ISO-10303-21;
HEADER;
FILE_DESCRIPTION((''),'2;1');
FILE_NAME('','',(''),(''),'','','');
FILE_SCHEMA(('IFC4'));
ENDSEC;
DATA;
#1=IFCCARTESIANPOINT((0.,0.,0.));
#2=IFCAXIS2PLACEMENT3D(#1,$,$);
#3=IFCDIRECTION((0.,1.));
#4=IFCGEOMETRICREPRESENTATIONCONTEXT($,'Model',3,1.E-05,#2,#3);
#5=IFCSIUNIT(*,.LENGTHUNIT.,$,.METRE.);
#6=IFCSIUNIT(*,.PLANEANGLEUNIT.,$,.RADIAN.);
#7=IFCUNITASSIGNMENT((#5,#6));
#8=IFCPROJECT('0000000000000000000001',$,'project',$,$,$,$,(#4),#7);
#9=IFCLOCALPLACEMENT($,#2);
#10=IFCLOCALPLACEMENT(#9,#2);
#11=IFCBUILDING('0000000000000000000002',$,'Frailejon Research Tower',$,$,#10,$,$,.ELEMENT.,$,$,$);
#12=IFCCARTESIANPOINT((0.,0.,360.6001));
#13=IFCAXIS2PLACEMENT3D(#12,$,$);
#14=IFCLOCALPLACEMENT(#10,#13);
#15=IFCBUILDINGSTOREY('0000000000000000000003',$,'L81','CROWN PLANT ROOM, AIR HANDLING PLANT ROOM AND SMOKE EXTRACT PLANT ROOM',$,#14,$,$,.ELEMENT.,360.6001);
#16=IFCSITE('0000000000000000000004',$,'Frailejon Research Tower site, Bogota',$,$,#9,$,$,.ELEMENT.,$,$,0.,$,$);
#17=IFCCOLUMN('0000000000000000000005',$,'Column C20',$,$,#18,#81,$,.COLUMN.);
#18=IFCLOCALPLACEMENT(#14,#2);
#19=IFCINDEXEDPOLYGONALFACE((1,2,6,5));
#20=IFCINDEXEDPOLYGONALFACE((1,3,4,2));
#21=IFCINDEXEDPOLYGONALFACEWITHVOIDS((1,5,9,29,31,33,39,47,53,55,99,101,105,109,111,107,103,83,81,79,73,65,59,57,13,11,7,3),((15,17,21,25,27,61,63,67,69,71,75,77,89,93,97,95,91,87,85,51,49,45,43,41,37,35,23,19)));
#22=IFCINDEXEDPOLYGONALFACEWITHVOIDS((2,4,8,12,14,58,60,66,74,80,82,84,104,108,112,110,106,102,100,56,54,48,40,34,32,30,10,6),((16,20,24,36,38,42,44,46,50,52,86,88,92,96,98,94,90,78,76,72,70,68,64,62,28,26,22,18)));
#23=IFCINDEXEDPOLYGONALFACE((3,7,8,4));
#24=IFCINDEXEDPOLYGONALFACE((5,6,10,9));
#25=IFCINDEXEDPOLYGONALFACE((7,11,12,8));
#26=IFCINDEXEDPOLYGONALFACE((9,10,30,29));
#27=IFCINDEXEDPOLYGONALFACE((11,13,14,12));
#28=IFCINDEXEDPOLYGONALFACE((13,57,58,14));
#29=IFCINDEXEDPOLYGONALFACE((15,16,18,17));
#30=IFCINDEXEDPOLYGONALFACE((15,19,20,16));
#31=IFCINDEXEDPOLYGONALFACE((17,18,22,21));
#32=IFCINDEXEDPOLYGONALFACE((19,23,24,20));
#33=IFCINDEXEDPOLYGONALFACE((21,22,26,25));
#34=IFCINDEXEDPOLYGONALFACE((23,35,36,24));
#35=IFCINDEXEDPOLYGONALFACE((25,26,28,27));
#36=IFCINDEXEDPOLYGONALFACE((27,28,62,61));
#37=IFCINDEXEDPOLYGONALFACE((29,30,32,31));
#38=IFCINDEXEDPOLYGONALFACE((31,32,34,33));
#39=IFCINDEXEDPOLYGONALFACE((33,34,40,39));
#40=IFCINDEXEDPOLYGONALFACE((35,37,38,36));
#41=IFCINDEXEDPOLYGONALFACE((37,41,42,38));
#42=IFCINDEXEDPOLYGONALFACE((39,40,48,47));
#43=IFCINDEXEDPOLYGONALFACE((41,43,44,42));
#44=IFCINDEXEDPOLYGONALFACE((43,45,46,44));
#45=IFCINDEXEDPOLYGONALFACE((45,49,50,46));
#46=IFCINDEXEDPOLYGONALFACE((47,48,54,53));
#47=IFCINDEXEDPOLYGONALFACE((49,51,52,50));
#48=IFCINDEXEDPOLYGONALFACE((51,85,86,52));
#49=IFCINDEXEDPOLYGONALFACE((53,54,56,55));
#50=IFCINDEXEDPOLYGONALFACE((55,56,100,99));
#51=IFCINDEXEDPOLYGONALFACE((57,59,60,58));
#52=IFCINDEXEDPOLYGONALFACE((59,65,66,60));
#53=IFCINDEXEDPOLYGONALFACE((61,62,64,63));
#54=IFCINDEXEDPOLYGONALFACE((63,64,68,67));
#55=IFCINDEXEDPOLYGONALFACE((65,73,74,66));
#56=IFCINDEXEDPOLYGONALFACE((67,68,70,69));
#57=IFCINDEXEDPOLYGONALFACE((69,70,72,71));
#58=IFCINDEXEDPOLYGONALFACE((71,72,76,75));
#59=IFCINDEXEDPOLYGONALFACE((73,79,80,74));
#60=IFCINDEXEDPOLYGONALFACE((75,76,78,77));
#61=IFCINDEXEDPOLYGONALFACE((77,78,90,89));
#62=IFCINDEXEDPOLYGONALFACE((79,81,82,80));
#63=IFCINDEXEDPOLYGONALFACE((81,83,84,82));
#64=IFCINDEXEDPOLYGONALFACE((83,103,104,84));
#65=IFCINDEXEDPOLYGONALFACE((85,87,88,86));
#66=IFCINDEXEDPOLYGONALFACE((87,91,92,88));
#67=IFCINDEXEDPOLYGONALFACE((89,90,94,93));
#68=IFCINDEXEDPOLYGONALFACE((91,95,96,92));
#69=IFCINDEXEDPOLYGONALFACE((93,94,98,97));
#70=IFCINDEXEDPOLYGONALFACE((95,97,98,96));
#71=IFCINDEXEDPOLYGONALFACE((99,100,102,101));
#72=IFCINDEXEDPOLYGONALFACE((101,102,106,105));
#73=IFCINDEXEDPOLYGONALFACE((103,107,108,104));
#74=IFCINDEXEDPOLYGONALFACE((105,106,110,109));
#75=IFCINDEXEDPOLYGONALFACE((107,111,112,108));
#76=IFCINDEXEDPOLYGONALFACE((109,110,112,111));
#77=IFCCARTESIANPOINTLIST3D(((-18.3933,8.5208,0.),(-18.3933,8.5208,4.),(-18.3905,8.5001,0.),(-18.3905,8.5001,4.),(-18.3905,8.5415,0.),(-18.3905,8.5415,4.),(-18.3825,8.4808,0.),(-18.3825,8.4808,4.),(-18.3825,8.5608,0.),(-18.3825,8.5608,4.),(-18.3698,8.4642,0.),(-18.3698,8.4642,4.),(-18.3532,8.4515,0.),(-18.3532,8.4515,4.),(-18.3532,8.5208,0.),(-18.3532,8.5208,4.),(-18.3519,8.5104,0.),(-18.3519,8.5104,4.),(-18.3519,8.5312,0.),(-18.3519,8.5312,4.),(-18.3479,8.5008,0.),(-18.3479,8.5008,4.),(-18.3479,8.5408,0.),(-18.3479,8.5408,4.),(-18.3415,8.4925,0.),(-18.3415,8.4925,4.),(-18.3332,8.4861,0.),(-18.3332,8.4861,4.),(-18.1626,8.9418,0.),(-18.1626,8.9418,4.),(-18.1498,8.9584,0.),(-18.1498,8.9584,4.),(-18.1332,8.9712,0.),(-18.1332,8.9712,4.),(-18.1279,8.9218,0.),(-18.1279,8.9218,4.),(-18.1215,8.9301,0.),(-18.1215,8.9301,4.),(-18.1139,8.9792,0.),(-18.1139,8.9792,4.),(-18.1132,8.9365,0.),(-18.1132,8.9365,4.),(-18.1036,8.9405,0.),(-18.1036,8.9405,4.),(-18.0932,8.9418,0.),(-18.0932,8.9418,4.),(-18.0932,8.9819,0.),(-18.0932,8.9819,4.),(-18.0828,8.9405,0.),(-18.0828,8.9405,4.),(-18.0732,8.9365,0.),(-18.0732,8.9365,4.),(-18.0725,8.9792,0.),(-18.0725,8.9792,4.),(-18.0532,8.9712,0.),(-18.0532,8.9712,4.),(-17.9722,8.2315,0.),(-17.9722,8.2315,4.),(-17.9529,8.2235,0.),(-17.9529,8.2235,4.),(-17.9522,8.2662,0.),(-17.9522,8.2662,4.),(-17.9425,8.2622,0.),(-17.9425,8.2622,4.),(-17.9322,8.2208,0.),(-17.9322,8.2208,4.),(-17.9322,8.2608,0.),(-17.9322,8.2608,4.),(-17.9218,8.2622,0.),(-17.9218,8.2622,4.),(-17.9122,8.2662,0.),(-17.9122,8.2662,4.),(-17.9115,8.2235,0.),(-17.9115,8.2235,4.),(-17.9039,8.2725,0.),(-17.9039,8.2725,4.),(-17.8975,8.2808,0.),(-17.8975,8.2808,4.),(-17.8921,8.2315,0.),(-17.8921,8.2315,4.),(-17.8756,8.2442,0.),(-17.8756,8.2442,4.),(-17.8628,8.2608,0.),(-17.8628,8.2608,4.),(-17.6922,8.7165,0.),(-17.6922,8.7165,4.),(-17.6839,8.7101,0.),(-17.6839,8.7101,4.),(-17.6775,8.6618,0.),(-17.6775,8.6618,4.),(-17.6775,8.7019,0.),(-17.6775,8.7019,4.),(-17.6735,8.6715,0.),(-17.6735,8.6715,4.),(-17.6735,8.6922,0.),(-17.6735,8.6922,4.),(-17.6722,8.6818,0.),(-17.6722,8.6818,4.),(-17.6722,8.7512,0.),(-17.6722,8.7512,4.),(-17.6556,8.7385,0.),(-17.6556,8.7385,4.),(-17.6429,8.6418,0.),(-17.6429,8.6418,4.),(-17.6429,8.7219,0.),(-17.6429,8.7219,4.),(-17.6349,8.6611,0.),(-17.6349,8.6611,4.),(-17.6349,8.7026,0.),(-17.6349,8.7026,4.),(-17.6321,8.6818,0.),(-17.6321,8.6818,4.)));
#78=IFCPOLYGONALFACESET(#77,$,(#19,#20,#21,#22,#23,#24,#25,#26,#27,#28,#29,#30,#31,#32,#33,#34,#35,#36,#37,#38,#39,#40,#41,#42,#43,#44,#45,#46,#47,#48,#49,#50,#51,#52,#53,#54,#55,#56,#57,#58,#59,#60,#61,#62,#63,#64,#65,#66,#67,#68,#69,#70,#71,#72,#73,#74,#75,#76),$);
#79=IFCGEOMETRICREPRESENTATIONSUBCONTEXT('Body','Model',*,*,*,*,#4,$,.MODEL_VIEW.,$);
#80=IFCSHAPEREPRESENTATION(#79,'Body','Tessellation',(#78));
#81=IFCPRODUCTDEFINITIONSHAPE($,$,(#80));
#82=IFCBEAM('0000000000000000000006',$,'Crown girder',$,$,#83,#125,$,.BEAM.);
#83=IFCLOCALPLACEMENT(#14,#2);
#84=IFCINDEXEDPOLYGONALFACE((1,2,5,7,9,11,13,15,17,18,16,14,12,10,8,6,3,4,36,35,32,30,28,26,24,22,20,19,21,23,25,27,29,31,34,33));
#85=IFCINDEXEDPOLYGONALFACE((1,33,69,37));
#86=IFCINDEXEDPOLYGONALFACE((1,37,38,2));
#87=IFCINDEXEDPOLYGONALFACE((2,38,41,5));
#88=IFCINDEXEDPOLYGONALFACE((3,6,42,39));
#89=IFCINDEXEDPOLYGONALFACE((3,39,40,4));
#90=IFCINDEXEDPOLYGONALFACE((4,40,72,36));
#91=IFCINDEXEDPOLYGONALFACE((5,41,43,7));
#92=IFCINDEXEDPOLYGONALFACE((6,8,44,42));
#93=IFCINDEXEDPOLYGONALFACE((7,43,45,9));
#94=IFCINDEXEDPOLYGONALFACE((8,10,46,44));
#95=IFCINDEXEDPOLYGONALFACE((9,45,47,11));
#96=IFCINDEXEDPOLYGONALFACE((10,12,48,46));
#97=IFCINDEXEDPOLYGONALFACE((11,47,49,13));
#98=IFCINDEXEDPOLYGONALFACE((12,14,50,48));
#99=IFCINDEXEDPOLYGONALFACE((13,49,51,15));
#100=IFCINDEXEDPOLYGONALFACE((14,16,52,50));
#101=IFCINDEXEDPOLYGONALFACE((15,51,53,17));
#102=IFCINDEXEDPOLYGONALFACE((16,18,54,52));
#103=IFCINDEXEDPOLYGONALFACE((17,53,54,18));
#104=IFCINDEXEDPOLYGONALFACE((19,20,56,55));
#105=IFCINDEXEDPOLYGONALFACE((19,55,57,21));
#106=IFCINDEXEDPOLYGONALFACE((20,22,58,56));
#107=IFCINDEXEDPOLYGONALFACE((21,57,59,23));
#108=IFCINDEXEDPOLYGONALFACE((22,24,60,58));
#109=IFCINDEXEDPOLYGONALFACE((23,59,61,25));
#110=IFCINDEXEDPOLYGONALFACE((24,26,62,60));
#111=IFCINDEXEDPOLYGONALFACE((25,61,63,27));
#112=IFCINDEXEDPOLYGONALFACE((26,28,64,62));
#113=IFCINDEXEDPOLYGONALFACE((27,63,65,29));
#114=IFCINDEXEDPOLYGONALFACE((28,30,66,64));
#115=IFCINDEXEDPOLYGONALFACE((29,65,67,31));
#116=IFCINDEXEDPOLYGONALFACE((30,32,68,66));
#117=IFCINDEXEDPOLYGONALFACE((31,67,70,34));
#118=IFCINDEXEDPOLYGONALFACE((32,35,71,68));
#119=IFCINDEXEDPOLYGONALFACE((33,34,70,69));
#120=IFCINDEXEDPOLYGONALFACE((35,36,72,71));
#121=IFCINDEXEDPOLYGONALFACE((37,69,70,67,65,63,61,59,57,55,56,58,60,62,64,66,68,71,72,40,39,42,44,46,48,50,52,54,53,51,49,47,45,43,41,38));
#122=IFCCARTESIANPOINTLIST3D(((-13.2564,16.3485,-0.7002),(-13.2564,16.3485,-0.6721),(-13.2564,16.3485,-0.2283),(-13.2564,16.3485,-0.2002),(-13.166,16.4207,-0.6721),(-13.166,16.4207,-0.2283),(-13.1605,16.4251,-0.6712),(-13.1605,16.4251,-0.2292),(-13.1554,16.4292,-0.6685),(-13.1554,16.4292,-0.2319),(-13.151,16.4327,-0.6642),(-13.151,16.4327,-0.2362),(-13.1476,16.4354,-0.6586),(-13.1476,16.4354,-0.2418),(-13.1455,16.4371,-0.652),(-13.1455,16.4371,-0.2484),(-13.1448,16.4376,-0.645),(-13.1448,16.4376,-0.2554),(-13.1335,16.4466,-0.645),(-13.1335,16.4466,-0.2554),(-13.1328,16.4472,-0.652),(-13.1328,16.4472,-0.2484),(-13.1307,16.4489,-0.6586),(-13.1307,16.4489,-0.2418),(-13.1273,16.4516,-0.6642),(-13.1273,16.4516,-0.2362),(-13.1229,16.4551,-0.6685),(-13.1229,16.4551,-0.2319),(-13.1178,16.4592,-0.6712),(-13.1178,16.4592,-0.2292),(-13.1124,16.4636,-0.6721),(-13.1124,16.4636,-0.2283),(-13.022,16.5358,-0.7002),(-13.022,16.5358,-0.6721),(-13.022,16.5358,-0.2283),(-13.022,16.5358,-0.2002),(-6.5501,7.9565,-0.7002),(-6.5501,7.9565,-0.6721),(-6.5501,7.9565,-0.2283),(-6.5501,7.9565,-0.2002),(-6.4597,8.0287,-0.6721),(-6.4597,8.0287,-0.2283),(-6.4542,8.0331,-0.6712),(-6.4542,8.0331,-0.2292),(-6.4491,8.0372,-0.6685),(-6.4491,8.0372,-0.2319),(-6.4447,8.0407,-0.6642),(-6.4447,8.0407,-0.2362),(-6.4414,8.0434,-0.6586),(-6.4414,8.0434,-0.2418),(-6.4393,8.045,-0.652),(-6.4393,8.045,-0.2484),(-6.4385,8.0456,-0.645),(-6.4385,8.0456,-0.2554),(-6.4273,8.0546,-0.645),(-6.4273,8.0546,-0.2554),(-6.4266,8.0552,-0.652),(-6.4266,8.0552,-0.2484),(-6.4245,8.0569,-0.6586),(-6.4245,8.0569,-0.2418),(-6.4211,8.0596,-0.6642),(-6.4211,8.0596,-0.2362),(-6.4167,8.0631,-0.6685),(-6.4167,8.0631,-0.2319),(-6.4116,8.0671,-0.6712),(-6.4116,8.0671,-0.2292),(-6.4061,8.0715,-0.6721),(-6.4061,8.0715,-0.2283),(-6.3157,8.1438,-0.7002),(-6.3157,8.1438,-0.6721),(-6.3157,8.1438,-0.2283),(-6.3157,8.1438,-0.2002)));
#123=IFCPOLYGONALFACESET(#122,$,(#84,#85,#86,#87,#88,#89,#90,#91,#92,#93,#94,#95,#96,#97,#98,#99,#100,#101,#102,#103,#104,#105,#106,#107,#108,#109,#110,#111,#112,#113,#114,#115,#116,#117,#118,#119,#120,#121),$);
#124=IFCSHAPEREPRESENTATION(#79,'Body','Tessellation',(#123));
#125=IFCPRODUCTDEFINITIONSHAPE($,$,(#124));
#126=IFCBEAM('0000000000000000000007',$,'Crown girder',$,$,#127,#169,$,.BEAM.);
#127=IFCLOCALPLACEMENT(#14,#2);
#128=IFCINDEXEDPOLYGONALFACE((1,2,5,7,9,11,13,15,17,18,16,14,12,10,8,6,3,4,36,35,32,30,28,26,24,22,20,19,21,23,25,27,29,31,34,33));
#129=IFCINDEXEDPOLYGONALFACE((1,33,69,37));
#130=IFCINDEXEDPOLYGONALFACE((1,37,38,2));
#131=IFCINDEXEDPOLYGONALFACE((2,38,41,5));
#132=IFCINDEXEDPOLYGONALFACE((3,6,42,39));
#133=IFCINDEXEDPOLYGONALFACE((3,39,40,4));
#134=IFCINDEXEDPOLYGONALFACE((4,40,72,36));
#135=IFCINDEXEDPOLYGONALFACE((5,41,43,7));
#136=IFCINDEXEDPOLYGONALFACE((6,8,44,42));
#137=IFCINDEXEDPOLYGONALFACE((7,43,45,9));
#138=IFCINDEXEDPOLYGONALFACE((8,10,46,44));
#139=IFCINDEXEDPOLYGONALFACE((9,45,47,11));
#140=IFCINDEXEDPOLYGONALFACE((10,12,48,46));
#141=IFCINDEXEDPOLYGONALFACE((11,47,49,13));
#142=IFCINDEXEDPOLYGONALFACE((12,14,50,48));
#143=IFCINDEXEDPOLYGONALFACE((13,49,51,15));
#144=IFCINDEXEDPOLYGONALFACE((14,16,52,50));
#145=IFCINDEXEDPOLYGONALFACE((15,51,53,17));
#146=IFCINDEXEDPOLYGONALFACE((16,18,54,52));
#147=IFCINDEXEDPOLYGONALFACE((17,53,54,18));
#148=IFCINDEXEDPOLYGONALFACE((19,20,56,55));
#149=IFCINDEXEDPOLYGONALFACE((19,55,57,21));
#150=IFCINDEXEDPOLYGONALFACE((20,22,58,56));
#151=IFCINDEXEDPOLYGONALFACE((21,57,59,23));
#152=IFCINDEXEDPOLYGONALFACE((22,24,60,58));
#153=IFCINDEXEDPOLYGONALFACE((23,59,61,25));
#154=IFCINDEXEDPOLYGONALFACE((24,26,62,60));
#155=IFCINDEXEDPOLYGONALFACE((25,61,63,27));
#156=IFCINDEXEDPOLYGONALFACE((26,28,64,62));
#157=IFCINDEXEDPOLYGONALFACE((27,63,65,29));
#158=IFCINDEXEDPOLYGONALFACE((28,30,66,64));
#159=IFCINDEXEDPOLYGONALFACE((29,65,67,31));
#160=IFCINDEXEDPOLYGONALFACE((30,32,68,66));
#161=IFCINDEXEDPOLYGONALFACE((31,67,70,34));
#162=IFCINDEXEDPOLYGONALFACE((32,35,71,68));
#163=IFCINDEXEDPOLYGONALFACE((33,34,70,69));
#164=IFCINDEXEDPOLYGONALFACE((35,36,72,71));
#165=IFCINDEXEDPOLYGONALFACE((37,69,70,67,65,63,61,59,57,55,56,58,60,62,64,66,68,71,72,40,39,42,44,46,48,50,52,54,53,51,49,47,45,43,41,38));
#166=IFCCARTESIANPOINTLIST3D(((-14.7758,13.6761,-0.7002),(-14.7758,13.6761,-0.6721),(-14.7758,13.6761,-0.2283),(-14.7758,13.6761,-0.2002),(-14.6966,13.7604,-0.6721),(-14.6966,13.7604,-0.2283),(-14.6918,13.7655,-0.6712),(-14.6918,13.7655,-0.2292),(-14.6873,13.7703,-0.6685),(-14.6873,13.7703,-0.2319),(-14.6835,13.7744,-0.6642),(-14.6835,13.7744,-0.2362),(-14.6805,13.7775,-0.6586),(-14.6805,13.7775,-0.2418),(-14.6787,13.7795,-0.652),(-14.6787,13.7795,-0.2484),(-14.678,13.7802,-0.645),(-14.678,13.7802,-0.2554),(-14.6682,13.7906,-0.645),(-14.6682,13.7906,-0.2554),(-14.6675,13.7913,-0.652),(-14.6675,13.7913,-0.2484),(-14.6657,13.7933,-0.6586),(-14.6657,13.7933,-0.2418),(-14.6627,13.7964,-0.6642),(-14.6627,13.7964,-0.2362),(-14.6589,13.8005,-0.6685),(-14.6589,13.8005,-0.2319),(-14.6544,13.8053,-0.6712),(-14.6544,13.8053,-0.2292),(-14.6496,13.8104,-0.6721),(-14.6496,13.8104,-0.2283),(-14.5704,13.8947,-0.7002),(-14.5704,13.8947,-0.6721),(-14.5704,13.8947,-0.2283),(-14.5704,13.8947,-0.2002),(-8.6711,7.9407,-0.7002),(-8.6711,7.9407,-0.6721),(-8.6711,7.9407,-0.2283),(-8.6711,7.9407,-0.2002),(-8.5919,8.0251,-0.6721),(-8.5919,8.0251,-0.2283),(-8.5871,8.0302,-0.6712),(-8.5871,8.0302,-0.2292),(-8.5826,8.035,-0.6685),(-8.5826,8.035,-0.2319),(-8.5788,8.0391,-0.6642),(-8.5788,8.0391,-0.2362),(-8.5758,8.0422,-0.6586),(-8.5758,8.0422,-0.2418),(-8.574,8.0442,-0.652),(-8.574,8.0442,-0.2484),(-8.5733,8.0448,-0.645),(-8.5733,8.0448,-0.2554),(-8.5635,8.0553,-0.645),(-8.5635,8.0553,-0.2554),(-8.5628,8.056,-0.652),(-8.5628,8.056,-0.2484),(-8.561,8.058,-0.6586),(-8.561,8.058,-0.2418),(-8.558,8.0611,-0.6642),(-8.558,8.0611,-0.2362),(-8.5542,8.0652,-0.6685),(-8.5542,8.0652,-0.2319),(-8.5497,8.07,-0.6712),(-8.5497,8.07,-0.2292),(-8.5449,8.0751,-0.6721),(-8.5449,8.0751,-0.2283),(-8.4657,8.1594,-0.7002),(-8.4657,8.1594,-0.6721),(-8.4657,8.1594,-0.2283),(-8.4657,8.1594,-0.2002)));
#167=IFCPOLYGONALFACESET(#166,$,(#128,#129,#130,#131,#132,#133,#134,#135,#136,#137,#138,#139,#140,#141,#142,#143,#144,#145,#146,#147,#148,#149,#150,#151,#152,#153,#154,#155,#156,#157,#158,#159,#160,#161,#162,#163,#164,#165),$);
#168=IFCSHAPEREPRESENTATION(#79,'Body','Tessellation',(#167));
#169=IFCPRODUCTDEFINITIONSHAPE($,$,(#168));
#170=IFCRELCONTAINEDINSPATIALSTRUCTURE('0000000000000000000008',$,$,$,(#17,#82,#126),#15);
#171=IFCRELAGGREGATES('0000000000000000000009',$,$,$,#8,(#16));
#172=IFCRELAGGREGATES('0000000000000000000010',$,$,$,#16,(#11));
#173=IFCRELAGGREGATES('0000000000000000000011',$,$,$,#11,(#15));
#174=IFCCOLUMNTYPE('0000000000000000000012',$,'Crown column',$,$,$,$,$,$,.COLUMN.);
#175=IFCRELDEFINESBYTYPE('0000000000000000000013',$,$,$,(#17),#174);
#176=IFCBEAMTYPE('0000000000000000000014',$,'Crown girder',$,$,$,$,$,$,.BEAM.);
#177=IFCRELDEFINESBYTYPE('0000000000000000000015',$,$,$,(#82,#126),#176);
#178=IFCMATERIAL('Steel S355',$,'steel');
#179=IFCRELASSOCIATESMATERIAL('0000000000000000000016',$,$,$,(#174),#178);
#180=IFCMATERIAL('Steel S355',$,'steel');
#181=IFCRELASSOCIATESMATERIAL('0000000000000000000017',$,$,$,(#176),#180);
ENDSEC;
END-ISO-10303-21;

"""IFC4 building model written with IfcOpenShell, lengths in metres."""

from ifc_helpers import new_model, si_unit, direction, frame, origin, origin_2d, place, context, subcontext, project, spatial, hollow_rectangle, i_section, extrude, material, material_profile, profile_set, type_object, element, save


model = new_model("IFC4")

# Units and contexts
model_context = context("Model", 3, precision=1e-05, world=origin(), true_north=direction((0.0, 1.0)))
body_context = subcontext(model_context, "Body", "Model", "MODEL_VIEW")
ifc_project = project(units=[si_unit("LENGTHUNIT", "METRE"), si_unit("PLANEANGLEUNIT", "RADIAN")], contexts=[model_context])

# Site, building, storey
site_placement = place(None, origin())
site = spatial("IfcSite", under=ifc_project, at=site_placement, Name="Frailejon Research Tower site, Bogota", CompositionType="ELEMENT", RefElevation=0.0)
building_placement = place(site_placement, origin())
building = spatial("IfcBuilding", under=site, at=building_placement, Name="Frailejon Research Tower", CompositionType="ELEMENT")
storey_placement = place(building_placement, frame((0.0, 0.0, 360.6001)))
storey = spatial("IfcBuildingStorey", under=building, at=storey_placement, Name="L81", Description="CROWN PLANT ROOM, AIR HANDLING PLANT ROOM AND SMOKE EXTRACT PLANT ROOM", CompositionType="ELEMENT", Elevation=360.6001)

# Column
ifc_material_1 = material(Name="Steel S355", Category="steel")
ifc_material_profile_1 = material_profile(ifc_material_1, hollow_rectangle(XDim=0.6001, YDim=0.6001, WallThickness=0.04, InnerFilletRadius=0.04, OuterFilletRadius=0.0801, at=origin_2d()), Name="Crown column")
ifc_profile_set_1 = profile_set([ifc_material_profile_1], Name="Steel S355")
column_type = type_object("IfcColumnType", Name="Crown column", PredefinedType="COLUMN", material=ifc_profile_set_1)
for number, where, z_axis, x_axis, name in (
    (1, (-18.0127, 8.6013, 0.0), (0.0, 0.0, 1.0), (-0.5, -0.866025, 0.0), "Column C20"),
):
    element("IfcColumn", number, at=place(storey_placement, frame(where, z_axis=z_axis, x_axis=x_axis)), inside=storey, type_object=column_type, Name=name, PredefinedType="COLUMN", context=body_context, shape_type="SweptSolid", body=[
        extrude(hollow_rectangle(XDim=0.6001, YDim=0.6001, WallThickness=0.04, InnerFilletRadius=0.04, OuterFilletRadius=0.0801, at=origin_2d()), origin(), (0.0, 0.0, 1.0), 4.0),
    ])

# Beams
ifc_material_2 = material(Name="Steel S355", Category="steel")
ifc_material_profile_2 = material_profile(ifc_material_2, i_section(OverallWidth=0.3, OverallDepth=0.5, WebThickness=0.0144, FlangeThickness=0.0281, FilletRadius=0.0271, at=origin_2d()), Name="HE 500 B")
ifc_profile_set_2 = profile_set([ifc_material_profile_2], Name="Steel S355")
beam_type_1 = type_object("IfcBeamType", Name="Crown girder", PredefinedType="BEAM", material=ifc_profile_set_2)
beam_1_placement = place(storey_placement, frame((-13.1392, 16.4421, -0.4502), z_axis=(0.624276, -0.781203, 0.0), x_axis=(0.781203, 0.624276, 0.0)))
element("IfcBeam", 2, at=beam_1_placement, inside=storey, type_object=beam_type_1, Name="Crown girder", PredefinedType="BEAM", context=body_context, shape_type="SweptSolid", body=[
    extrude(i_section(OverallWidth=0.3, OverallDepth=0.5, WebThickness=0.0144, FlangeThickness=0.0281, FilletRadius=0.0271, at=origin_2d()), origin(), (0.0, 0.0, 1.0), 10.7424),
])
beam_2_placement = place(storey_placement, frame((-14.6731, 13.7854, -0.4502), z_axis=(0.728812, -0.684713, 0.0), x_axis=(0.684713, 0.728812, 0.0)))
element("IfcBeam", 3, at=beam_2_placement, inside=storey, type_object=beam_type_1, Name="Crown girder", PredefinedType="BEAM", context=body_context, shape_type="SweptSolid", body=[
    extrude(i_section(OverallWidth=0.3, OverallDepth=0.5, WebThickness=0.0144, FlangeThickness=0.0281, FilletRadius=0.0271, at=origin_2d()), origin(), (0.0, 0.0, 1.0), 8.3762),
])

save(model, "model.ifc")
